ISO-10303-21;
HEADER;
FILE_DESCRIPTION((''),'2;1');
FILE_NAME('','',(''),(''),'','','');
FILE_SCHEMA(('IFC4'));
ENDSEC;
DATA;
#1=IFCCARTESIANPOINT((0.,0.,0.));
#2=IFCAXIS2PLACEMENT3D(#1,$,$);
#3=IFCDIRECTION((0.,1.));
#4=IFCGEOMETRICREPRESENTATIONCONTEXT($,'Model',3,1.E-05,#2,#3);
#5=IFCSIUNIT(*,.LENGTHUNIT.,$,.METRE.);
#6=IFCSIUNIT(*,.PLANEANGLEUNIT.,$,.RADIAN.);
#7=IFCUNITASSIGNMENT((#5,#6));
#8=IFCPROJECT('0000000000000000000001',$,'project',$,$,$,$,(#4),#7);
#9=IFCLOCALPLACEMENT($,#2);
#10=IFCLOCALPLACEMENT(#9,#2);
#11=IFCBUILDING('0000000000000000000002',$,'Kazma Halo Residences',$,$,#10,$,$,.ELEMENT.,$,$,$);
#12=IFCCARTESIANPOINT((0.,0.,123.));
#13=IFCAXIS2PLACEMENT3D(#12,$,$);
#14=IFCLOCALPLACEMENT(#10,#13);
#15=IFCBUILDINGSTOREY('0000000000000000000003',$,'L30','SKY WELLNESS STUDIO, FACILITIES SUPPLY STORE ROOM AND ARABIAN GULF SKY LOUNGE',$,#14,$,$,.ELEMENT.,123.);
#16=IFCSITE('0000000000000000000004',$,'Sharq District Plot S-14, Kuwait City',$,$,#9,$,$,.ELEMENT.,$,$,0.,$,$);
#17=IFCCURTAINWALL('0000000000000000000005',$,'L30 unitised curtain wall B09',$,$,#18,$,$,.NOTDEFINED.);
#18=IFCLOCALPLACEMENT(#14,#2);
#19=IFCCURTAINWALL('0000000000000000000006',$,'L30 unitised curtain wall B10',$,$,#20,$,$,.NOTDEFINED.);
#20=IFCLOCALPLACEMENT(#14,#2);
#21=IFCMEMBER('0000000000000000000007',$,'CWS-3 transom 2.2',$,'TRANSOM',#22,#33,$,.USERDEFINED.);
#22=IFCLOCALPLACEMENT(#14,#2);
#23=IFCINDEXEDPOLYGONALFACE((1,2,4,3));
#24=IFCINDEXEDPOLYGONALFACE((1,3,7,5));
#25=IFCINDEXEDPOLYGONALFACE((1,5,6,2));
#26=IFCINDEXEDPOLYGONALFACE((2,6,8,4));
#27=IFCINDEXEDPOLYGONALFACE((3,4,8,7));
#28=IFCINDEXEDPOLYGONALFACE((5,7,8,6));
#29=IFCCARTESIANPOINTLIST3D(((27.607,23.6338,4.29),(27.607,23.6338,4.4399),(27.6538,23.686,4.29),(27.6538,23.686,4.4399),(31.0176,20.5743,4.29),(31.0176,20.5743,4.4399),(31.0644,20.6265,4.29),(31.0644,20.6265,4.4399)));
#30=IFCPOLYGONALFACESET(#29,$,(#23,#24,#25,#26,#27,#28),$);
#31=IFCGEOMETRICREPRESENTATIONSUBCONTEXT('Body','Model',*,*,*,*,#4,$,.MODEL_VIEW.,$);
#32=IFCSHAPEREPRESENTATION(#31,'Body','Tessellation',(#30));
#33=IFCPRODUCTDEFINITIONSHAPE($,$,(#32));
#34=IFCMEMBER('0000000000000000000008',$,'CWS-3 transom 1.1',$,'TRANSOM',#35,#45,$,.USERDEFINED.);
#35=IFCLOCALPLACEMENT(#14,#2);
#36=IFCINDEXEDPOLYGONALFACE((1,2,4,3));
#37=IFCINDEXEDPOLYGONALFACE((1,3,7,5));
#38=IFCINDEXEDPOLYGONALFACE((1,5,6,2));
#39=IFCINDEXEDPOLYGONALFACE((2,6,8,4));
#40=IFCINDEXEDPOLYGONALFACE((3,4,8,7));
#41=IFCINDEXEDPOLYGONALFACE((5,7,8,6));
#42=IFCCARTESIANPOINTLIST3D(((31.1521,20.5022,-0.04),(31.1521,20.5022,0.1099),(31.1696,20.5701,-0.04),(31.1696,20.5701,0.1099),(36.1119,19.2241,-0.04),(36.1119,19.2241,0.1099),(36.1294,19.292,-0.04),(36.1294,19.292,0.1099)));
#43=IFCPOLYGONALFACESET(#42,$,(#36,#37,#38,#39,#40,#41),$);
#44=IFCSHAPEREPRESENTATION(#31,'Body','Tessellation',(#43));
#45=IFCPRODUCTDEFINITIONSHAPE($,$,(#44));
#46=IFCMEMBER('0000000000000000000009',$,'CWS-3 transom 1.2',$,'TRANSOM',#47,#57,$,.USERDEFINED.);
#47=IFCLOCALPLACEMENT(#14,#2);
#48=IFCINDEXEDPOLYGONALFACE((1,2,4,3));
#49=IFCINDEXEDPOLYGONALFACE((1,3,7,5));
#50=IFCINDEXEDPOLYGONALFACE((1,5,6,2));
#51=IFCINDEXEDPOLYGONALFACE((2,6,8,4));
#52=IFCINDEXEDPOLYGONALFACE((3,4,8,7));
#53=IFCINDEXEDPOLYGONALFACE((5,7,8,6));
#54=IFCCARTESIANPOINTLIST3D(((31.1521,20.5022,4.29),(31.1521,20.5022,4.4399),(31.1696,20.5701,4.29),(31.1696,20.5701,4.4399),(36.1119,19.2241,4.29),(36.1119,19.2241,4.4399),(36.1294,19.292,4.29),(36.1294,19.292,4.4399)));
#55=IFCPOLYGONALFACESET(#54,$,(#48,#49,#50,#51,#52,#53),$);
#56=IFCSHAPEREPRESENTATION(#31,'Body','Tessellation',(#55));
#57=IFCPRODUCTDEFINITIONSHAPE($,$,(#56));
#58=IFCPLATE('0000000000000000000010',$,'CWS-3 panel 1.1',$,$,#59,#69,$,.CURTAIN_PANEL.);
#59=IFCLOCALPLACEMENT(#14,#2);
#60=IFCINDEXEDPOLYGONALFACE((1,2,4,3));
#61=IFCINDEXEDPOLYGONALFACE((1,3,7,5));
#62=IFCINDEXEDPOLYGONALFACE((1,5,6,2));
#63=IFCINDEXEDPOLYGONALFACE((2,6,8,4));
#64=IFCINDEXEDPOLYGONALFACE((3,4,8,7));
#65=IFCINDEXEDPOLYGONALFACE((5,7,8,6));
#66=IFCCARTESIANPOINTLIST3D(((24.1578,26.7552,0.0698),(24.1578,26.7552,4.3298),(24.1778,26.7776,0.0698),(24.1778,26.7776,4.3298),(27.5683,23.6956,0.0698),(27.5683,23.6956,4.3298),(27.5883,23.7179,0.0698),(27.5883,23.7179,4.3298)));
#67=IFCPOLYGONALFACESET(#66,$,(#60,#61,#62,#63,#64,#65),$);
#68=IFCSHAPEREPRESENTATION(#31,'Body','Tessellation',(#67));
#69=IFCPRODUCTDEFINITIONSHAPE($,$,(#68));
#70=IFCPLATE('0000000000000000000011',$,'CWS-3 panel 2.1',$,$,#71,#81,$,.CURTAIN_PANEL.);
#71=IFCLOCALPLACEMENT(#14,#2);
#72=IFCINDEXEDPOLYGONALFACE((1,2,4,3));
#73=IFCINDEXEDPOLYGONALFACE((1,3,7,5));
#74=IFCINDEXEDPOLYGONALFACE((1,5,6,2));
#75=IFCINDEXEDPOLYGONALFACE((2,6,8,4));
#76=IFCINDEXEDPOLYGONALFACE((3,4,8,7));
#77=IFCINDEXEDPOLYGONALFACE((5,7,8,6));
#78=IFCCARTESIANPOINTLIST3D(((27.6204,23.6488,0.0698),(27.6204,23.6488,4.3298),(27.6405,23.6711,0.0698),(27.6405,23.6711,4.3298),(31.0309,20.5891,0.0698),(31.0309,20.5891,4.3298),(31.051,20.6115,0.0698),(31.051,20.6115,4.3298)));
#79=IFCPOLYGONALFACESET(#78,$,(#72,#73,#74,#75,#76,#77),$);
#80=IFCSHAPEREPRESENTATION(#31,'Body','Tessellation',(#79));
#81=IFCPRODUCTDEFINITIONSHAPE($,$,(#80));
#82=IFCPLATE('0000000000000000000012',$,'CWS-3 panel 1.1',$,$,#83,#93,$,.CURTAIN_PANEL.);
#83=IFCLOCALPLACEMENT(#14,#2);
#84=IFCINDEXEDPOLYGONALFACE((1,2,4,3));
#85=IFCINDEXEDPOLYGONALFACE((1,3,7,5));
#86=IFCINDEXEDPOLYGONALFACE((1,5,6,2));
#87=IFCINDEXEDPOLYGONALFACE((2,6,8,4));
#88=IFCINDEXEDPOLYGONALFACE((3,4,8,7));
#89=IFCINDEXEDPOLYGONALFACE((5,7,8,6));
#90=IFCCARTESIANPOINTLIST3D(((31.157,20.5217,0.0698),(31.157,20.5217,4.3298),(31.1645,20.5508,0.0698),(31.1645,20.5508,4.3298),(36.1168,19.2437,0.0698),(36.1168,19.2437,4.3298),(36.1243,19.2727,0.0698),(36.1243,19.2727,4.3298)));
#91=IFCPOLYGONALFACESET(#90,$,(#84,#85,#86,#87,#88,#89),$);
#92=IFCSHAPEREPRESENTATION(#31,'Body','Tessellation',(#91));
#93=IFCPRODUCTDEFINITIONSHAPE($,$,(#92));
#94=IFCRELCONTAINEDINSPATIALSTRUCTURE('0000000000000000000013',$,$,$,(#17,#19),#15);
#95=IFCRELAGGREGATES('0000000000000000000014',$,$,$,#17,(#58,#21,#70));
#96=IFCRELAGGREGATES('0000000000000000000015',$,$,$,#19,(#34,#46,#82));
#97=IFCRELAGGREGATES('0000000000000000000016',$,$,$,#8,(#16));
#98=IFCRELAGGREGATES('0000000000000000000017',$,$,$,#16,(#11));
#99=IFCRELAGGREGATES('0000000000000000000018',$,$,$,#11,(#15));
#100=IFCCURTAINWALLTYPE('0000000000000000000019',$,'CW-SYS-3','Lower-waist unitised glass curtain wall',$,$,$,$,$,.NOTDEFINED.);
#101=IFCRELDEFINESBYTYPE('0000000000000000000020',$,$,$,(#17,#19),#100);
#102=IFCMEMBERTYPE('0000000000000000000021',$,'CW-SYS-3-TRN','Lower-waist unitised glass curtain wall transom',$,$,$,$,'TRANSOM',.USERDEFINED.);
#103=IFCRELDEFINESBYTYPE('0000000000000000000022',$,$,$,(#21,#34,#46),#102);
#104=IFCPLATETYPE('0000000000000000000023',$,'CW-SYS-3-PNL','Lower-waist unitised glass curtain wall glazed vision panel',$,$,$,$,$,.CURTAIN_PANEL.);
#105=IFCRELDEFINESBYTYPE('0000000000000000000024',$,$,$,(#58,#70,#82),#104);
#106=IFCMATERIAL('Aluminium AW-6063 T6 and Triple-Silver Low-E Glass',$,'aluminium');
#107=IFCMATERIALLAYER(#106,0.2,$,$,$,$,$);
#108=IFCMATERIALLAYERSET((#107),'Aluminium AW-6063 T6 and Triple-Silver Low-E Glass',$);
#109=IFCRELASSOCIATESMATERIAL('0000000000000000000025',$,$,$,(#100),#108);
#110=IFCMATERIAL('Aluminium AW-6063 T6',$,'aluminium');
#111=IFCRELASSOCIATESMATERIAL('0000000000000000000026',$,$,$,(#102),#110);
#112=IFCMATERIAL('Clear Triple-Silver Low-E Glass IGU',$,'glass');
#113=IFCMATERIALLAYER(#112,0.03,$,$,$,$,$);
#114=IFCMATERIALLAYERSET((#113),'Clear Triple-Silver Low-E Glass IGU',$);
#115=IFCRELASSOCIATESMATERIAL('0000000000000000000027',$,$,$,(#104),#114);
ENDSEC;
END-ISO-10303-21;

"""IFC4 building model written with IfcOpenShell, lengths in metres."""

from ifc_helpers import new_model, si_unit, direction, frame, origin, origin_2d, place, context, subcontext, project, spatial, rectangle, extrude, material, layer, layer_set, material_profile, profile_set, type_object, element, aggregate, save


model = new_model("IFC4")

# Units and contexts
model_context = context("Model", 3, precision=1e-05, world=origin(), true_north=direction((0.0, 1.0)))
body_context = subcontext(model_context, "Body", "Model", "MODEL_VIEW")
ifc_project = project(units=[si_unit("LENGTHUNIT", "METRE"), si_unit("PLANEANGLEUNIT", "RADIAN")], contexts=[model_context])

# Site, building, storey
site_placement = place(None, origin())
site = spatial("IfcSite", under=ifc_project, at=site_placement, Name="Sharq District Plot S-14, Kuwait City", CompositionType="ELEMENT", RefElevation=0.0)
building_placement = place(site_placement, origin())
building = spatial("IfcBuilding", under=site, at=building_placement, Name="Kazma Halo Residences", CompositionType="ELEMENT")
storey_placement = place(building_placement, frame((0.0, 0.0, 123.0)))
storey = spatial("IfcBuildingStorey", under=building, at=storey_placement, Name="L30", Description="SKY WELLNESS STUDIO, FACILITIES SUPPLY STORE ROOM AND ARABIAN GULF SKY LOUNGE", CompositionType="ELEMENT", Elevation=123.0)

# Curtain walls
ifc_material_1 = material(Name="Aluminium AW-6063 T6 and Triple-Silver Low-E Glass", Category="aluminium")
ifc_layer_1 = layer(ifc_material_1, 0.2)
ifc_layer_set_1 = layer_set([ifc_layer_1], Name="Aluminium AW-6063 T6 and Triple-Silver Low-E Glass")
curtain_wall_type = type_object("IfcCurtainWallType", Name="CW-SYS-3", Description="Lower-waist unitised glass curtain wall", PredefinedType="NOTDEFINED", material=ifc_layer_set_1)
curtain_wall_1_placement = place(storey_placement, origin())
curtain_wall_1 = element("IfcCurtainWall", 1, at=curtain_wall_1_placement, inside=storey, type_object=curtain_wall_type, Name="L30 unitised curtain wall B09", PredefinedType="NOTDEFINED")
ifc_material_2 = material(Name="Aluminium AW-6063 T6", Category="aluminium")
curtain_wall_2_placement = place(storey_placement, origin())
curtain_wall_2 = element("IfcCurtainWall", 2, at=curtain_wall_2_placement, inside=storey, type_object=curtain_wall_type, Name="L30 unitised curtain wall B10", PredefinedType="NOTDEFINED")

# Members
ifc_material_profile_1 = material_profile(ifc_material_2, rectangle(XDim=0.0701, YDim=0.1499, at=origin_2d()), Name="CWT-70x150")
ifc_profile_set_1 = profile_set([ifc_material_profile_1], Name="Aluminium AW-6063 T6")
member_type_1 = type_object("IfcMemberType", Name="CW-SYS-3-TRN", Description="Lower-waist unitised glass curtain wall transom", ElementType="TRANSOM", PredefinedType="USERDEFINED", material=ifc_profile_set_1)
member_1_placement = place(storey_placement, frame((27.6304, 23.6599, 4.365), z_axis=(0.744379, -0.667757, 0.0), x_axis=(0.667757, 0.744379, 0.0)))
member_1 = element("IfcMember", 3, at=member_1_placement, type_object=member_type_1, Name="CWS-3 transom 2.2", ObjectType="TRANSOM", PredefinedType="USERDEFINED", context=body_context, shape_type="SweptSolid", body=[
    extrude(rectangle(XDim=0.0701, YDim=0.1499, at=origin_2d()), origin(), (0.0, 0.0, 1.0), 4.5818),
])
member_2_placement = place(storey_placement, frame((31.1609, 20.5361, 0.0349), z_axis=(0.968365, -0.249539, 0.0), x_axis=(0.249539, 0.968365, 0.0)))
member_2 = element("IfcMember", 4, at=member_2_placement, type_object=member_type_1, Name="CWS-3 transom 1.1", ObjectType="TRANSOM", PredefinedType="USERDEFINED", context=body_context, shape_type="SweptSolid", body=[
    extrude(rectangle(XDim=0.0701, YDim=0.1499, at=origin_2d()), origin(), (0.0, 0.0, 1.0), 5.1218),
])
member_3_placement = place(storey_placement, frame((31.1609, 20.5361, 4.365), z_axis=(0.968365, -0.249539, 0.0), x_axis=(0.249539, 0.968365, 0.0)))
member_3 = element("IfcMember", 5, at=member_3_placement, type_object=member_type_1, Name="CWS-3 transom 1.2", ObjectType="TRANSOM", PredefinedType="USERDEFINED", context=body_context, shape_type="SweptSolid", body=[
    extrude(rectangle(XDim=0.0701, YDim=0.1499, at=origin_2d()), origin(), (0.0, 0.0, 1.0), 5.1218),
])

# Plates
ifc_material_3 = material(Name="Clear Triple-Silver Low-E Glass IGU", Category="glass")
ifc_layer_2 = layer(ifc_material_3, 0.03)
ifc_layer_set_2 = layer_set([ifc_layer_2], Name="Clear Triple-Silver Low-E Glass IGU")
plate_type = type_object("IfcPlateType", Name="CW-SYS-3-PNL", Description="Lower-waist unitised glass curtain wall glazed vision panel", PredefinedType="CURTAIN_PANEL", material=ifc_layer_set_2)
plate_1_placement = place(storey_placement, frame((25.873, 25.2366, 0.0698), z_axis=(0.0, 0.0, 1.0), x_axis=(0.744357, -0.667782, 0.0)))
plate_1 = element("IfcPlate", 6, at=plate_1_placement, type_object=plate_type, Name="CWS-3 panel 1.1", PredefinedType="CURTAIN_PANEL", context=body_context, shape_type="SweptSolid", body=[
    extrude(rectangle(XDim=4.5818, YDim=0.03, at=origin_2d()), origin(), (0.0, 0.0, 1.0), 4.26),
])
plate_2_placement = place(storey_placement, frame((29.3357, 22.1301, 0.0698), z_axis=(0.0, 0.0, 1.0), x_axis=(0.744357, -0.667782, 0.0)))
plate_2 = element("IfcPlate", 7, at=plate_2_placement, type_object=plate_type, Name="CWS-3 panel 2.1", PredefinedType="CURTAIN_PANEL", context=body_context, shape_type="SweptSolid", body=[
    extrude(rectangle(XDim=4.5818, YDim=0.03, at=origin_2d()), origin(), (0.0, 0.0, 1.0), 4.26),
])
aggregate(curtain_wall_1, [plate_1, member_1, plate_2])
plate_3_placement = place(storey_placement, frame((33.6406, 19.8972, 0.0698), z_axis=(0.0, 0.0, 1.0), x_axis=(0.968368, -0.249525, 0.0)))
plate_3 = element("IfcPlate", 8, at=plate_3_placement, type_object=plate_type, Name="CWS-3 panel 1.1", PredefinedType="CURTAIN_PANEL", context=body_context, shape_type="SweptSolid", body=[
    extrude(rectangle(XDim=5.1218, YDim=0.03, at=origin_2d()), origin(), (0.0, 0.0, 1.0), 4.26),
])
aggregate(curtain_wall_2, [member_2, member_3, plate_3])

save(model, "model.ifc")
